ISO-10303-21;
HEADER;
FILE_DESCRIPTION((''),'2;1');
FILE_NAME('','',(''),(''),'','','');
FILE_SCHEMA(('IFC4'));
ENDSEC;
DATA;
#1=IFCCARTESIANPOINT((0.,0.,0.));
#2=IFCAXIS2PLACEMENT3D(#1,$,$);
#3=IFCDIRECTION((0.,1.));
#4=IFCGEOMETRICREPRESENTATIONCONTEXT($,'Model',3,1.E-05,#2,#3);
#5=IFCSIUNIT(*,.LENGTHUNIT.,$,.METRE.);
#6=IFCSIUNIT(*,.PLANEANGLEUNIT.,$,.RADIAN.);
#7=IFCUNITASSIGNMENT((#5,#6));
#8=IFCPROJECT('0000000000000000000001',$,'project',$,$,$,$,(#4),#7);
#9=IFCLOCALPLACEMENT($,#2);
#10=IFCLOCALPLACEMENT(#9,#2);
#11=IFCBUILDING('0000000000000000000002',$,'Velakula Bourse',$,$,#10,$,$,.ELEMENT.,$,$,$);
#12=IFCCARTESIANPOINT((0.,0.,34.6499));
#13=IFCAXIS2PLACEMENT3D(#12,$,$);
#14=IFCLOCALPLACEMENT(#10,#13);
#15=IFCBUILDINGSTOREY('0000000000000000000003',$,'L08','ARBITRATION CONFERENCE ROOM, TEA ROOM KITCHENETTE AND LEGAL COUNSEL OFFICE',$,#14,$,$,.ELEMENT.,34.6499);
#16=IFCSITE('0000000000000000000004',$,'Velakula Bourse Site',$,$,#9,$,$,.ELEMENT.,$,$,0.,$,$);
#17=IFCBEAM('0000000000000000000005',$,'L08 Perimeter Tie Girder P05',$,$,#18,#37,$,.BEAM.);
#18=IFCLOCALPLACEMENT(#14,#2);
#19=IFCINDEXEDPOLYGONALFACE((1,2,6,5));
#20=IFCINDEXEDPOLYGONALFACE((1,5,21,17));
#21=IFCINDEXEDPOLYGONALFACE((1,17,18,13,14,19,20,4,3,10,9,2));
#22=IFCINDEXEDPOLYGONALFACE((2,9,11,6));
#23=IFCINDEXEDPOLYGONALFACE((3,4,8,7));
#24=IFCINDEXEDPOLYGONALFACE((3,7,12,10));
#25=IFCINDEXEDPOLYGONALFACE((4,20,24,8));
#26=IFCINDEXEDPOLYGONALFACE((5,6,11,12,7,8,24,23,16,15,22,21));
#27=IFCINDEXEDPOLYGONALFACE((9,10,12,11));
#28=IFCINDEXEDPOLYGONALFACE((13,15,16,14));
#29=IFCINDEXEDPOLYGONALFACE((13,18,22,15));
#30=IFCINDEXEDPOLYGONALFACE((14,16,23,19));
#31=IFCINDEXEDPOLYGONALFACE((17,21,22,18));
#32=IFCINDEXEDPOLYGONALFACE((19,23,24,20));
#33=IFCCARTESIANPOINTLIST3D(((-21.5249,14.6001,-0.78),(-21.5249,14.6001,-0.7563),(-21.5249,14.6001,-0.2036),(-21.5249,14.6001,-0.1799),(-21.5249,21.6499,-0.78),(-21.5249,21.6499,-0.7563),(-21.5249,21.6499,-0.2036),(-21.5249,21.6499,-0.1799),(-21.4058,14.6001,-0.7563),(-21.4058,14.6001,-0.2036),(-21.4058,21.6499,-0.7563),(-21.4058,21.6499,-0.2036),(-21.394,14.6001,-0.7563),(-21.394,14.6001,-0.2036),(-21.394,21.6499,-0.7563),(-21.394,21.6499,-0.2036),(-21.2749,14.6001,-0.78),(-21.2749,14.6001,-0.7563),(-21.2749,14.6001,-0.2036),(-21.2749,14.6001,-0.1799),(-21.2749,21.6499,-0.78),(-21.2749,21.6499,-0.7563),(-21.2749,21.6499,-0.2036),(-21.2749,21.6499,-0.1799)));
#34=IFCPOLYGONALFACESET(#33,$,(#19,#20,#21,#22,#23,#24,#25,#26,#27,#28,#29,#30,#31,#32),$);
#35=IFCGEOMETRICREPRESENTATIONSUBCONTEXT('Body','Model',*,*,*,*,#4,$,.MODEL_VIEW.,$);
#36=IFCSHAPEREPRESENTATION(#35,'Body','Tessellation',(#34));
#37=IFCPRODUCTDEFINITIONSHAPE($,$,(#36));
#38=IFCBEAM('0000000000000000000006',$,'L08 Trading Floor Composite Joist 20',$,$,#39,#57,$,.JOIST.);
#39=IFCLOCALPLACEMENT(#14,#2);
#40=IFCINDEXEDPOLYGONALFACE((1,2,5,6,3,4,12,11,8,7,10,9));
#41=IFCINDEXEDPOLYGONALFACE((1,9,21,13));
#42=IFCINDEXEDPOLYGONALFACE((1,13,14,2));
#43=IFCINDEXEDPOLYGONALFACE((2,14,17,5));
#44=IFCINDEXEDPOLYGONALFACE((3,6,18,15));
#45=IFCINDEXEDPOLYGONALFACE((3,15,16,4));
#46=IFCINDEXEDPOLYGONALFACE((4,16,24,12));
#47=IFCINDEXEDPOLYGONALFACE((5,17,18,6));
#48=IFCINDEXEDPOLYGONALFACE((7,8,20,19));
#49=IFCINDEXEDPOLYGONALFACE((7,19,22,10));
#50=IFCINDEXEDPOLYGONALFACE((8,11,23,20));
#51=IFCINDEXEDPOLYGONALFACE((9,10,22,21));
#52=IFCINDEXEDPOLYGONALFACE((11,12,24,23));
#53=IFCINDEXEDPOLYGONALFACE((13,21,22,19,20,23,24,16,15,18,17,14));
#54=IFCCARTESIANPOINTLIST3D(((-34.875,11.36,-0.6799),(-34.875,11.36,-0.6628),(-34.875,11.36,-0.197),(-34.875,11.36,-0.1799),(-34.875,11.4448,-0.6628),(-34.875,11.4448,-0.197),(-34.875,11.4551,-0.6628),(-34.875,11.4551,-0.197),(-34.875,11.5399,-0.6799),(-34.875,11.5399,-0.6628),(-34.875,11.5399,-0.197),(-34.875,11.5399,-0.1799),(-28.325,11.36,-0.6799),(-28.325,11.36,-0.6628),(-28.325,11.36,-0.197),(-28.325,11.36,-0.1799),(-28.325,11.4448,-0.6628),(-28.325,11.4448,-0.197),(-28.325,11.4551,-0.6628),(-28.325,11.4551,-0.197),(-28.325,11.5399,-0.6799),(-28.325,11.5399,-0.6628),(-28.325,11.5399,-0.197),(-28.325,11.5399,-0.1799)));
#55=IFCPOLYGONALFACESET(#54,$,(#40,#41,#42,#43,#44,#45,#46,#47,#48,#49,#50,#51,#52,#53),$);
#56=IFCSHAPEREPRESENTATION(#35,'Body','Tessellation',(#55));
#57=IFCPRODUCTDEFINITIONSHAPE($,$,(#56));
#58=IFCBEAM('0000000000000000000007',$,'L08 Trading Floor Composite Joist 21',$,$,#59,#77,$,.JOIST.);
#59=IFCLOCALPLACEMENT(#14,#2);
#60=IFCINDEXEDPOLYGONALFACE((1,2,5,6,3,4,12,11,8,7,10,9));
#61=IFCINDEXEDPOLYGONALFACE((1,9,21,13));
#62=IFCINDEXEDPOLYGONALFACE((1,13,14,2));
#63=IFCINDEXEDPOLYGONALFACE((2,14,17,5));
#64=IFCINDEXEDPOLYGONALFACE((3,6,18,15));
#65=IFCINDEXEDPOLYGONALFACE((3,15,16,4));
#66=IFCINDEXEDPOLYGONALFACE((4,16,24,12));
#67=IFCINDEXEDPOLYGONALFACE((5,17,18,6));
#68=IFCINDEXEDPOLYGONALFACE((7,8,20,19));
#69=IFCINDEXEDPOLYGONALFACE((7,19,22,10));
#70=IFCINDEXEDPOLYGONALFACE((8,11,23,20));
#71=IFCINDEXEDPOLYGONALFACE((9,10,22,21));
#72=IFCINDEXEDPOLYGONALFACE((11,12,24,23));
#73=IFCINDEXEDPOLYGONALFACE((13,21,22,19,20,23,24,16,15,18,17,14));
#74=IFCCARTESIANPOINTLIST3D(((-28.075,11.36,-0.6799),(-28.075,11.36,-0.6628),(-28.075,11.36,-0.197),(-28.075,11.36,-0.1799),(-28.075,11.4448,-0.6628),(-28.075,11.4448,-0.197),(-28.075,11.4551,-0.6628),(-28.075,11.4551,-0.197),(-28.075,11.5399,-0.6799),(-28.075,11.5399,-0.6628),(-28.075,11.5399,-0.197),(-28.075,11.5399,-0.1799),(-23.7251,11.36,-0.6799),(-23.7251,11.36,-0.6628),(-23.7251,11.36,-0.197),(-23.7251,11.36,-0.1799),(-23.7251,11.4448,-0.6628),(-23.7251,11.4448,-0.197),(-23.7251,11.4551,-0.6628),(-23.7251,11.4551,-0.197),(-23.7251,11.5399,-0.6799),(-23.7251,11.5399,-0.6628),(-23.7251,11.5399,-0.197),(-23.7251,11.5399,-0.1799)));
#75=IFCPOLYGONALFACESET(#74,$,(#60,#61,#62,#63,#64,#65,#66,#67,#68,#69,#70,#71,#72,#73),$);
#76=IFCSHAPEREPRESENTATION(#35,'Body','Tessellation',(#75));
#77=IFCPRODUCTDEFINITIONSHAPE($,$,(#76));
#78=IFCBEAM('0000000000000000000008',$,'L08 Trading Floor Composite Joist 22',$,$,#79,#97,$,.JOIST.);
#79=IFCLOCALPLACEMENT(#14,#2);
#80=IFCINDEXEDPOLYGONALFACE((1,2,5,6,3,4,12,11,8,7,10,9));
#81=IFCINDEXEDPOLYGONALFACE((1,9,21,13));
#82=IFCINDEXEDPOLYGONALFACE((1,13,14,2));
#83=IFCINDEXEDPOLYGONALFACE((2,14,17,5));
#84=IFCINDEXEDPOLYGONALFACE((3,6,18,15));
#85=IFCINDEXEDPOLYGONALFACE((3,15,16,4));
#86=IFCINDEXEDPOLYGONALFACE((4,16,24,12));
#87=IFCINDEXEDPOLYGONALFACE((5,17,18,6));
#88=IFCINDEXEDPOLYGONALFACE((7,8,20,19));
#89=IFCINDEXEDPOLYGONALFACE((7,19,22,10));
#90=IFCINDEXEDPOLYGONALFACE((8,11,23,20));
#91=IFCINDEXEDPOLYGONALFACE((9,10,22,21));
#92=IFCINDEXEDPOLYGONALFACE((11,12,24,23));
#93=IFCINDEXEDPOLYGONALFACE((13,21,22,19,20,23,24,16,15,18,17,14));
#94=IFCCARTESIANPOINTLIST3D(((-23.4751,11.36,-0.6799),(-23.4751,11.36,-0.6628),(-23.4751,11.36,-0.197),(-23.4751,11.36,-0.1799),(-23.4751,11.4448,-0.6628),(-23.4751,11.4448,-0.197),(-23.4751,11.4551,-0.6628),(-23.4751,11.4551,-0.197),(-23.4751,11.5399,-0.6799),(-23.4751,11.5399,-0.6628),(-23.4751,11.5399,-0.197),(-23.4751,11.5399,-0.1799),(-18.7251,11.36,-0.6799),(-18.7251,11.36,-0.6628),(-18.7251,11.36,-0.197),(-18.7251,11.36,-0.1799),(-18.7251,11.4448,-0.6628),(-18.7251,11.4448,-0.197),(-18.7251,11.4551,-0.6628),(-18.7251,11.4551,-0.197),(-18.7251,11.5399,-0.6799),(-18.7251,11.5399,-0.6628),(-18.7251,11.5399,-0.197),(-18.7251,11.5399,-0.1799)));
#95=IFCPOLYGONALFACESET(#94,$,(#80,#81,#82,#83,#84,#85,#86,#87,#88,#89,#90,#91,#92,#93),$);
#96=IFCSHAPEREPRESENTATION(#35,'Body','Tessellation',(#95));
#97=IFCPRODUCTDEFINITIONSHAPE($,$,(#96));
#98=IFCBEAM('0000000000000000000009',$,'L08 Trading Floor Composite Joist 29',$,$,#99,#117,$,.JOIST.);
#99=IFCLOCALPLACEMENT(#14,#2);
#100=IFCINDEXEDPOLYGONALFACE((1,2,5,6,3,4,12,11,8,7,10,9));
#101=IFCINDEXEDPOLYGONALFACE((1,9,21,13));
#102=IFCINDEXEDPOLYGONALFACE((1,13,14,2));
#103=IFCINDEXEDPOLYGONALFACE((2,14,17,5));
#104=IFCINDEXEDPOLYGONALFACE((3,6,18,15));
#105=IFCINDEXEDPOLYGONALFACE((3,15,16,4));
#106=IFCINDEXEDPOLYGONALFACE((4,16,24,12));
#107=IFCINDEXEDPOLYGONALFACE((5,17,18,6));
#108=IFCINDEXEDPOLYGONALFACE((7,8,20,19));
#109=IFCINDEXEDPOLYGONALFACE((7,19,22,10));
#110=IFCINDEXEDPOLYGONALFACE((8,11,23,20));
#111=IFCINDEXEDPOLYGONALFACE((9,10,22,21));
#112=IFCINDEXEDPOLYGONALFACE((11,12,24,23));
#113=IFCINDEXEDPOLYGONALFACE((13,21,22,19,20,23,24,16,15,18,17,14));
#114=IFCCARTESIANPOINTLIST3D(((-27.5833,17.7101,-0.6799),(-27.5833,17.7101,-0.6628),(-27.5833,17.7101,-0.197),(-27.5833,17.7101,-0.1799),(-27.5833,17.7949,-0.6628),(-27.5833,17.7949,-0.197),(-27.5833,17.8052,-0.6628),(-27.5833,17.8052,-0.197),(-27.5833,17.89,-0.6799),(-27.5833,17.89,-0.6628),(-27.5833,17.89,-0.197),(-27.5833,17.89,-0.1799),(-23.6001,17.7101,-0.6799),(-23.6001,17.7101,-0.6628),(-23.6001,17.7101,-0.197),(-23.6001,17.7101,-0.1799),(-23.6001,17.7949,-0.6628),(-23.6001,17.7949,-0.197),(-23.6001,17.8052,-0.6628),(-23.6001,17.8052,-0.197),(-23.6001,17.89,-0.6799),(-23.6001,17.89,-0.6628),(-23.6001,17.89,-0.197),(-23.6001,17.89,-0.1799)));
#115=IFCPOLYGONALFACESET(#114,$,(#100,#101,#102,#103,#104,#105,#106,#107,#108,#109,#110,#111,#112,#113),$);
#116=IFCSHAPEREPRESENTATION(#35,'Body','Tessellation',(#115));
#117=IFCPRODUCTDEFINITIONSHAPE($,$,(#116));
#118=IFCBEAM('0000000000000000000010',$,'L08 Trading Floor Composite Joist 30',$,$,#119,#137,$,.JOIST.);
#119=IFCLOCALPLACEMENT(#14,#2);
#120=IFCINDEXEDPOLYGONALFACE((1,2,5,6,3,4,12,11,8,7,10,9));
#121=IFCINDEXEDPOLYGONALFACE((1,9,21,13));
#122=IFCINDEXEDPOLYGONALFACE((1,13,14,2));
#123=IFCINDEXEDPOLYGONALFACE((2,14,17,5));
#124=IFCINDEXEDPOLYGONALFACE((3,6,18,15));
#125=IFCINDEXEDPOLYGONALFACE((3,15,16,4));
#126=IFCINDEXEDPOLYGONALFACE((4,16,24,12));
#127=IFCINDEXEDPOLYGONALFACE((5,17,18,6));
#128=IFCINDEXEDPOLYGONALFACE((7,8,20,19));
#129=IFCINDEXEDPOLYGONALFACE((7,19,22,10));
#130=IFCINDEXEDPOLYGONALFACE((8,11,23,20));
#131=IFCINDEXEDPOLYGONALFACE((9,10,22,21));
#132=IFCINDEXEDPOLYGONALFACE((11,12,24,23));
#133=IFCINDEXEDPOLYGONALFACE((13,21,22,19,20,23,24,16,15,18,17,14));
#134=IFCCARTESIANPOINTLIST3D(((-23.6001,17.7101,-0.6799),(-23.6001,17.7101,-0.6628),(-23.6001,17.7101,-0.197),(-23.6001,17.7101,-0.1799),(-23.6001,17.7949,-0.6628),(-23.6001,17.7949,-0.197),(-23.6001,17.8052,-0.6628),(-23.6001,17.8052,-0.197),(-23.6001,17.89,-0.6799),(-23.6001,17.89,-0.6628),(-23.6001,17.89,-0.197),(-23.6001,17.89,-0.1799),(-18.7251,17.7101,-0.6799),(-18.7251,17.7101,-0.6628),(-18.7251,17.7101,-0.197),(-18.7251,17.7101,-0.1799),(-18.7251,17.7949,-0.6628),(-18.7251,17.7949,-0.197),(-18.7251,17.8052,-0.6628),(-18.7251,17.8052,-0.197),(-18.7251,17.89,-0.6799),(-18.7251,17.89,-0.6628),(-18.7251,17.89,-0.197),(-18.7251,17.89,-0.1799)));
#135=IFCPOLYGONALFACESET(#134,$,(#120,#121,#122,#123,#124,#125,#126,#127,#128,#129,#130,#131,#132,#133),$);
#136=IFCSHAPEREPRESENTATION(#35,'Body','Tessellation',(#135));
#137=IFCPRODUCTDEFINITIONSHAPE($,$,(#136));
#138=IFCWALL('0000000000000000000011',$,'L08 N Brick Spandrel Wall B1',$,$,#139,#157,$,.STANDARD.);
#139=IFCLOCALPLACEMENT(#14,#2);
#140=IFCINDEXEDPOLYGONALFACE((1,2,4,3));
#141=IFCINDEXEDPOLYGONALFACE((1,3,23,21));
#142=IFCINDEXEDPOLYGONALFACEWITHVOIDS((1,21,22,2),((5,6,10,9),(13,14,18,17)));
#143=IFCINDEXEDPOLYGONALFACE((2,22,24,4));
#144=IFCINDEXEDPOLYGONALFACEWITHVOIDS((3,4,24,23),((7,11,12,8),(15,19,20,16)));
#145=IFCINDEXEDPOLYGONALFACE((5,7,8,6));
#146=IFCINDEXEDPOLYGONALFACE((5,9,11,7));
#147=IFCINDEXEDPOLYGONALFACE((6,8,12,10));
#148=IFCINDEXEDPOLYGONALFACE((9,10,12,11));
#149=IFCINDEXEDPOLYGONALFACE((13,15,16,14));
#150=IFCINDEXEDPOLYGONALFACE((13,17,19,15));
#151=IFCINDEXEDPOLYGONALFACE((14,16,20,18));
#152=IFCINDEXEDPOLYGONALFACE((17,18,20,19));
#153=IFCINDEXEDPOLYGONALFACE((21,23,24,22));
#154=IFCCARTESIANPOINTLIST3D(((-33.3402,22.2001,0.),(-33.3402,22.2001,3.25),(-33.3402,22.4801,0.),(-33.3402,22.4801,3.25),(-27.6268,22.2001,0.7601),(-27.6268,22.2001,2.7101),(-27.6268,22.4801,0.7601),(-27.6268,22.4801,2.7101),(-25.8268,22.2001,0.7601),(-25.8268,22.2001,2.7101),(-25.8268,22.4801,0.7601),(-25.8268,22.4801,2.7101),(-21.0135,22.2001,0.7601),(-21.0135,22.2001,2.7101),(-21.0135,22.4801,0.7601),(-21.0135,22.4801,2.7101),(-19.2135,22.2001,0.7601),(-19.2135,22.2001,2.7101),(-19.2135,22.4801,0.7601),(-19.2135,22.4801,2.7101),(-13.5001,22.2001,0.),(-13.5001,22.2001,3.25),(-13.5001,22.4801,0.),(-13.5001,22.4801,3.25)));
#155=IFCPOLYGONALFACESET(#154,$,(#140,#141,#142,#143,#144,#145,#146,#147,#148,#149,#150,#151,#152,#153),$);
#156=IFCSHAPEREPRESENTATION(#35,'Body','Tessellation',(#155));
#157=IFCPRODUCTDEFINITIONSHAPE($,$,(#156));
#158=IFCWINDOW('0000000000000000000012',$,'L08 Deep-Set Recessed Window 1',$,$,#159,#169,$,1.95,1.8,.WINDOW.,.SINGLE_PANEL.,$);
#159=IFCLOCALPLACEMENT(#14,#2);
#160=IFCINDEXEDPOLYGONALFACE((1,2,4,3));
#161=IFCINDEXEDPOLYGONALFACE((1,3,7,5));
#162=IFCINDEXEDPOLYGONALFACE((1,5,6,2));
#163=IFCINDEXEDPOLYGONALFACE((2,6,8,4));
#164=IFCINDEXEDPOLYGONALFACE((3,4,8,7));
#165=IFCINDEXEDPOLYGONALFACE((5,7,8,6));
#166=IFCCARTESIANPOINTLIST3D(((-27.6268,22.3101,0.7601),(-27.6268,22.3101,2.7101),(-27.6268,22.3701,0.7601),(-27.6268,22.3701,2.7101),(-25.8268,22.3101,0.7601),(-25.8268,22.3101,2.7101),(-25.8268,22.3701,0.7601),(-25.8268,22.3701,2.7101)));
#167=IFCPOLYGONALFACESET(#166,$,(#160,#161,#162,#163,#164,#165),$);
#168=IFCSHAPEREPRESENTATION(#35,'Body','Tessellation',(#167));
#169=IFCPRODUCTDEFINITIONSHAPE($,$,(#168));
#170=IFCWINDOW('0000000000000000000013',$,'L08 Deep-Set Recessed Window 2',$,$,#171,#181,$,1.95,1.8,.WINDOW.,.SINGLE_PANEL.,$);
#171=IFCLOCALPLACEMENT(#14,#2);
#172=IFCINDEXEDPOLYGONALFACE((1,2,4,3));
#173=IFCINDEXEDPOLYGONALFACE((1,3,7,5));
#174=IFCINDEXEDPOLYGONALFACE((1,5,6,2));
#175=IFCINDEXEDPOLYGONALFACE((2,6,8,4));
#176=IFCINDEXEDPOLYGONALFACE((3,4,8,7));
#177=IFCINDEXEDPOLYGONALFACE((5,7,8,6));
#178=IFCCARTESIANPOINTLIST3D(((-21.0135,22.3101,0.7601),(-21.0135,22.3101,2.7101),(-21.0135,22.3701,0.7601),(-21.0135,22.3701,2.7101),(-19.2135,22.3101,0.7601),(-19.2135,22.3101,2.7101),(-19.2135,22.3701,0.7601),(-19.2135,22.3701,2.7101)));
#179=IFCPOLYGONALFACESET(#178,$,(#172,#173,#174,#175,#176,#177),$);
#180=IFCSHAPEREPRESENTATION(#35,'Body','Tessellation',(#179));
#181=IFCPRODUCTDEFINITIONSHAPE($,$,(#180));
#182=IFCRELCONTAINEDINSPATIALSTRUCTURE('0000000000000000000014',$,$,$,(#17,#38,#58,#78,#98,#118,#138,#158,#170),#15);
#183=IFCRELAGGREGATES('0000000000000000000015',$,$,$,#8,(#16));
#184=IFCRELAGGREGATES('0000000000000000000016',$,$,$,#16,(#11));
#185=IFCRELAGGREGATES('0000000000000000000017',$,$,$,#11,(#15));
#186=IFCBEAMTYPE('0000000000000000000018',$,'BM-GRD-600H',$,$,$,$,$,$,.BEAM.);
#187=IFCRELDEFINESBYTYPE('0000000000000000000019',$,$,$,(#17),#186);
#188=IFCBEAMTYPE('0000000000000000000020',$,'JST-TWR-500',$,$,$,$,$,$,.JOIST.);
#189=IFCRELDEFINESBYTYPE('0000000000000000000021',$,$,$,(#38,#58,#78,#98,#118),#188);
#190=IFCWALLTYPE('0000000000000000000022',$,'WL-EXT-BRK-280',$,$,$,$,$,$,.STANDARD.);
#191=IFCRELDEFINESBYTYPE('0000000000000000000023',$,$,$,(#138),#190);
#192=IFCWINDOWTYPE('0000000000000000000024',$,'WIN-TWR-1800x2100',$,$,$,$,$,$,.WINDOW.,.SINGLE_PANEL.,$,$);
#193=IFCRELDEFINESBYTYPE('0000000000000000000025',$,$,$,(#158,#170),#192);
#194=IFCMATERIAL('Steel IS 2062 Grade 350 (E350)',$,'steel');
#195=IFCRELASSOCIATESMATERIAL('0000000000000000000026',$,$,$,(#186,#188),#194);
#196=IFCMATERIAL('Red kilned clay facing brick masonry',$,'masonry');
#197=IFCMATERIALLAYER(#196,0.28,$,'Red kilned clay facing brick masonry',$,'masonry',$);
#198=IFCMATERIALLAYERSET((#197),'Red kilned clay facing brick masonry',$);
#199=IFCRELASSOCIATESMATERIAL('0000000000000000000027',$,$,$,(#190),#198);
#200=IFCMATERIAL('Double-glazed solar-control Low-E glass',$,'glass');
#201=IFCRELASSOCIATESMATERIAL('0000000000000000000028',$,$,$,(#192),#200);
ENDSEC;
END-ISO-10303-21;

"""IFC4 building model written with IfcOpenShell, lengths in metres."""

from ifc_helpers import new_model, si_unit, direction, frame, frame_2d, origin, origin_2d, place, context, subcontext, project, spatial, rectangle, i_section, extrude, material, layer, layer_set, material_profile, profile_set, type_object, element, fill, save


model = new_model("IFC4")

# Units and contexts
model_context = context("Model", 3, precision=1e-05, world=origin(), true_north=direction((0.0, 1.0)))
body_context = subcontext(model_context, "Body", "Model", "MODEL_VIEW")
ifc_project = project(units=[si_unit("LENGTHUNIT", "METRE"), si_unit("PLANEANGLEUNIT", "RADIAN")], contexts=[model_context])

# Site, building, storey
site_placement = place(None, origin())
site = spatial("IfcSite", under=ifc_project, at=site_placement, Name="Velakula Bourse Site", CompositionType="ELEMENT", RefElevation=0.0)
building_placement = place(site_placement, origin())
building = spatial("IfcBuilding", under=site, at=building_placement, Name="Velakula Bourse", CompositionType="ELEMENT")
storey_placement = place(building_placement, frame((0.0, 0.0, 34.6499)))
storey = spatial("IfcBuildingStorey", under=building, at=storey_placement, Name="L08", Description="ARBITRATION CONFERENCE ROOM, TEA ROOM KITCHENETTE AND LEGAL COUNSEL OFFICE", CompositionType="ELEMENT", Elevation=34.6499)

# Beams
ifc_material_1 = material(Name="Steel IS 2062 Grade 350 (E350)", Category="steel")
ifc_material_profile_1 = material_profile(ifc_material_1, i_section(OverallWidth=0.25, OverallDepth=0.6001, WebThickness=0.0117, FlangeThickness=0.0237, at=origin_2d()), Name="Steel IS 2062 Grade 350 (E350)")
ifc_profile_set_1 = profile_set([ifc_material_profile_1], Name="Steel IS 2062 Grade 350 (E350)")
beam_type_1 = type_object("IfcBeamType", Name="BM-GRD-600H", PredefinedType="BEAM", material=ifc_profile_set_1)
beam_1_placement = place(storey_placement, frame((-21.3999, 14.6001, -0.48), z_axis=(0.0, 1.0, 0.0), x_axis=(-1.0, 0.0, 0.0)))
element("IfcBeam", 1, at=beam_1_placement, inside=storey, type_object=beam_type_1, Name="L08 Perimeter Tie Girder P05", PredefinedType="BEAM", context=body_context, shape_type="SweptSolid", body=[
    extrude(i_section(OverallWidth=0.25, OverallDepth=0.6001, WebThickness=0.0117, FlangeThickness=0.0237, at=origin_2d()), origin(), (0.0, 0.0, 1.0), 7.0498),
])
ifc_material_profile_2 = material_profile(ifc_material_1, i_section(OverallWidth=0.1799, OverallDepth=0.5, WebThickness=0.0103, FlangeThickness=0.0171, at=origin_2d()), Name="Steel IS 2062 Grade 350 (E350)")
ifc_profile_set_2 = profile_set([ifc_material_profile_2], Name="Steel IS 2062 Grade 350 (E350)")
beam_type_2 = type_object("IfcBeamType", Name="JST-TWR-500", PredefinedType="JOIST", material=ifc_profile_set_2)
beam_2_placement = place(storey_placement, frame((-34.875, 11.45, -0.4299), z_axis=(1.0, 0.0, 0.0), x_axis=(0.0, 1.0, 0.0)))
element("IfcBeam", 2, at=beam_2_placement, inside=storey, type_object=beam_type_2, Name="L08 Trading Floor Composite Joist 20", PredefinedType="JOIST", context=body_context, shape_type="SweptSolid", body=[
    extrude(i_section(OverallWidth=0.1799, OverallDepth=0.5, WebThickness=0.0103, FlangeThickness=0.0171, at=origin_2d()), origin(), (0.0, 0.0, 1.0), 6.55),
])
beam_3_placement = place(storey_placement, frame((-28.075, 11.45, -0.4299), z_axis=(1.0, 0.0, 0.0), x_axis=(0.0, 1.0, 0.0)))
element("IfcBeam", 3, at=beam_3_placement, inside=storey, type_object=beam_type_2, Name="L08 Trading Floor Composite Joist 21", PredefinedType="JOIST", context=body_context, shape_type="SweptSolid", body=[
    extrude(i_section(OverallWidth=0.1799, OverallDepth=0.5, WebThickness=0.0103, FlangeThickness=0.0171, at=origin_2d()), origin(), (0.0, 0.0, 1.0), 4.3499),
])
beam_4_placement = place(storey_placement, frame((-23.4751, 11.45, -0.4299), z_axis=(1.0, 0.0, 0.0), x_axis=(0.0, 1.0, 0.0)))
element("IfcBeam", 4, at=beam_4_placement, inside=storey, type_object=beam_type_2, Name="L08 Trading Floor Composite Joist 22", PredefinedType="JOIST", context=body_context, shape_type="SweptSolid", body=[
    extrude(i_section(OverallWidth=0.1799, OverallDepth=0.5, WebThickness=0.0103, FlangeThickness=0.0171, at=origin_2d()), origin(), (0.0, 0.0, 1.0), 4.75),
])
beam_5_placement = place(storey_placement, frame((-27.5833, 17.8, -0.4299), z_axis=(1.0, 0.0, 0.0), x_axis=(0.0, 1.0, 0.0)))
element("IfcBeam", 5, at=beam_5_placement, inside=storey, type_object=beam_type_2, Name="L08 Trading Floor Composite Joist 29", PredefinedType="JOIST", context=body_context, shape_type="SweptSolid", body=[
    extrude(i_section(OverallWidth=0.1799, OverallDepth=0.5, WebThickness=0.0103, FlangeThickness=0.0171, at=origin_2d()), origin(), (0.0, 0.0, 1.0), 3.9832),
])
beam_6_placement = place(storey_placement, frame((-23.6001, 17.8, -0.4299), z_axis=(1.0, 0.0, 0.0), x_axis=(0.0, 1.0, 0.0)))
element("IfcBeam", 6, at=beam_6_placement, inside=storey, type_object=beam_type_2, Name="L08 Trading Floor Composite Joist 30", PredefinedType="JOIST", context=body_context, shape_type="SweptSolid", body=[
    extrude(i_section(OverallWidth=0.1799, OverallDepth=0.5, WebThickness=0.0103, FlangeThickness=0.0171, at=origin_2d()), origin(), (0.0, 0.0, 1.0), 4.875),
])

# Wall, openings, windows
ifc_material_2 = material(Name="Red kilned clay facing brick masonry", Category="masonry")
ifc_layer_1 = layer(ifc_material_2, 0.28, Name="Red kilned clay facing brick masonry", Category="masonry")
ifc_layer_set_1 = layer_set([ifc_layer_1], Name="Red kilned clay facing brick masonry")
wall_type_1 = type_object("IfcWallType", Name="WL-EXT-BRK-280", PredefinedType="STANDARD", material=ifc_layer_set_1)
wall_1_placement = place(storey_placement, frame((-33.3401, 22.3401, 0.0), z_axis=(0.0, 0.0, 1.0), x_axis=(1.0, 0.0, 0.0)))
wall_1 = element("IfcWall", 7, at=wall_1_placement, inside=storey, type_object=wall_type_1, Name="L08 N Brick Spandrel Wall B1", PredefinedType="STANDARD", context=body_context, shape_type="SweptSolid", body=[
    extrude(rectangle(XDim=19.8401, YDim=0.28, at=frame_2d((9.9199, 0.0))), origin(), (0.0, 0.0, 1.0), 3.25),
])
opening_1_placement = place(wall_1_placement, frame((5.7134, 0.0, 0.76)))
opening_1 = element("IfcOpeningElement", 8, at=opening_1_placement, cuts=wall_1, PredefinedType="OPENING", context=body_context, shape_type="SweptSolid", body=[
    extrude(rectangle(XDim=1.8, YDim=1.95, at=frame_2d((0.8999, 0.9751))), frame((0.0, 0.1499, 0.0), z_axis=(0.0, -1.0, 0.0), x_axis=(1.0, 0.0, 0.0)), (0.0, 0.0, 1.0), 0.3),
])
opening_2_placement = place(wall_1_placement, frame((12.3267, 0.0, 0.76)))
opening_2 = element("IfcOpeningElement", 9, at=opening_2_placement, cuts=wall_1, PredefinedType="OPENING", context=body_context, shape_type="SweptSolid", body=[
    extrude(rectangle(XDim=1.8, YDim=1.95, at=frame_2d((0.8999, 0.9751))), frame((0.0, 0.1499, 0.0), z_axis=(0.0, -1.0, 0.0), x_axis=(1.0, 0.0, 0.0)), (0.0, 0.0, 1.0), 0.3),
])
ifc_material_3 = material(Name="Double-glazed solar-control Low-E glass", Category="glass")
window_type = type_object("IfcWindowType", Name="WIN-TWR-1800x2100", PartitioningType="SINGLE_PANEL", PredefinedType="WINDOW", material=ifc_material_3)
window_1_placement = place(opening_1_placement, origin())
window_1 = element("IfcWindow", 10, at=window_1_placement, inside=storey, type_object=window_type, Name="L08 Deep-Set Recessed Window 1", OverallHeight=1.95, OverallWidth=1.8, PartitioningType="SINGLE_PANEL", PredefinedType="WINDOW", context=body_context, shape_type="SweptSolid", body=[
    extrude(rectangle(XDim=1.8, YDim=1.95, at=frame_2d((0.8999, 0.9751))), frame((0.0, 0.03, 0.0), z_axis=(0.0, -1.0, 0.0), x_axis=(1.0, 0.0, 0.0)), (0.0, 0.0, 1.0), 0.0601),
])
fill(opening_1, window_1)
window_2_placement = place(opening_2_placement, origin())
window_2 = element("IfcWindow", 11, at=window_2_placement, inside=storey, type_object=window_type, Name="L08 Deep-Set Recessed Window 2", OverallHeight=1.95, OverallWidth=1.8, PartitioningType="SINGLE_PANEL", PredefinedType="WINDOW", context=body_context, shape_type="SweptSolid", body=[
    extrude(rectangle(XDim=1.8, YDim=1.95, at=frame_2d((0.8999, 0.9751))), frame((0.0, 0.03, 0.0), z_axis=(0.0, -1.0, 0.0), x_axis=(1.0, 0.0, 0.0)), (0.0, 0.0, 1.0), 0.0601),
])
fill(opening_2, window_2)

save(model, "model.ifc")
